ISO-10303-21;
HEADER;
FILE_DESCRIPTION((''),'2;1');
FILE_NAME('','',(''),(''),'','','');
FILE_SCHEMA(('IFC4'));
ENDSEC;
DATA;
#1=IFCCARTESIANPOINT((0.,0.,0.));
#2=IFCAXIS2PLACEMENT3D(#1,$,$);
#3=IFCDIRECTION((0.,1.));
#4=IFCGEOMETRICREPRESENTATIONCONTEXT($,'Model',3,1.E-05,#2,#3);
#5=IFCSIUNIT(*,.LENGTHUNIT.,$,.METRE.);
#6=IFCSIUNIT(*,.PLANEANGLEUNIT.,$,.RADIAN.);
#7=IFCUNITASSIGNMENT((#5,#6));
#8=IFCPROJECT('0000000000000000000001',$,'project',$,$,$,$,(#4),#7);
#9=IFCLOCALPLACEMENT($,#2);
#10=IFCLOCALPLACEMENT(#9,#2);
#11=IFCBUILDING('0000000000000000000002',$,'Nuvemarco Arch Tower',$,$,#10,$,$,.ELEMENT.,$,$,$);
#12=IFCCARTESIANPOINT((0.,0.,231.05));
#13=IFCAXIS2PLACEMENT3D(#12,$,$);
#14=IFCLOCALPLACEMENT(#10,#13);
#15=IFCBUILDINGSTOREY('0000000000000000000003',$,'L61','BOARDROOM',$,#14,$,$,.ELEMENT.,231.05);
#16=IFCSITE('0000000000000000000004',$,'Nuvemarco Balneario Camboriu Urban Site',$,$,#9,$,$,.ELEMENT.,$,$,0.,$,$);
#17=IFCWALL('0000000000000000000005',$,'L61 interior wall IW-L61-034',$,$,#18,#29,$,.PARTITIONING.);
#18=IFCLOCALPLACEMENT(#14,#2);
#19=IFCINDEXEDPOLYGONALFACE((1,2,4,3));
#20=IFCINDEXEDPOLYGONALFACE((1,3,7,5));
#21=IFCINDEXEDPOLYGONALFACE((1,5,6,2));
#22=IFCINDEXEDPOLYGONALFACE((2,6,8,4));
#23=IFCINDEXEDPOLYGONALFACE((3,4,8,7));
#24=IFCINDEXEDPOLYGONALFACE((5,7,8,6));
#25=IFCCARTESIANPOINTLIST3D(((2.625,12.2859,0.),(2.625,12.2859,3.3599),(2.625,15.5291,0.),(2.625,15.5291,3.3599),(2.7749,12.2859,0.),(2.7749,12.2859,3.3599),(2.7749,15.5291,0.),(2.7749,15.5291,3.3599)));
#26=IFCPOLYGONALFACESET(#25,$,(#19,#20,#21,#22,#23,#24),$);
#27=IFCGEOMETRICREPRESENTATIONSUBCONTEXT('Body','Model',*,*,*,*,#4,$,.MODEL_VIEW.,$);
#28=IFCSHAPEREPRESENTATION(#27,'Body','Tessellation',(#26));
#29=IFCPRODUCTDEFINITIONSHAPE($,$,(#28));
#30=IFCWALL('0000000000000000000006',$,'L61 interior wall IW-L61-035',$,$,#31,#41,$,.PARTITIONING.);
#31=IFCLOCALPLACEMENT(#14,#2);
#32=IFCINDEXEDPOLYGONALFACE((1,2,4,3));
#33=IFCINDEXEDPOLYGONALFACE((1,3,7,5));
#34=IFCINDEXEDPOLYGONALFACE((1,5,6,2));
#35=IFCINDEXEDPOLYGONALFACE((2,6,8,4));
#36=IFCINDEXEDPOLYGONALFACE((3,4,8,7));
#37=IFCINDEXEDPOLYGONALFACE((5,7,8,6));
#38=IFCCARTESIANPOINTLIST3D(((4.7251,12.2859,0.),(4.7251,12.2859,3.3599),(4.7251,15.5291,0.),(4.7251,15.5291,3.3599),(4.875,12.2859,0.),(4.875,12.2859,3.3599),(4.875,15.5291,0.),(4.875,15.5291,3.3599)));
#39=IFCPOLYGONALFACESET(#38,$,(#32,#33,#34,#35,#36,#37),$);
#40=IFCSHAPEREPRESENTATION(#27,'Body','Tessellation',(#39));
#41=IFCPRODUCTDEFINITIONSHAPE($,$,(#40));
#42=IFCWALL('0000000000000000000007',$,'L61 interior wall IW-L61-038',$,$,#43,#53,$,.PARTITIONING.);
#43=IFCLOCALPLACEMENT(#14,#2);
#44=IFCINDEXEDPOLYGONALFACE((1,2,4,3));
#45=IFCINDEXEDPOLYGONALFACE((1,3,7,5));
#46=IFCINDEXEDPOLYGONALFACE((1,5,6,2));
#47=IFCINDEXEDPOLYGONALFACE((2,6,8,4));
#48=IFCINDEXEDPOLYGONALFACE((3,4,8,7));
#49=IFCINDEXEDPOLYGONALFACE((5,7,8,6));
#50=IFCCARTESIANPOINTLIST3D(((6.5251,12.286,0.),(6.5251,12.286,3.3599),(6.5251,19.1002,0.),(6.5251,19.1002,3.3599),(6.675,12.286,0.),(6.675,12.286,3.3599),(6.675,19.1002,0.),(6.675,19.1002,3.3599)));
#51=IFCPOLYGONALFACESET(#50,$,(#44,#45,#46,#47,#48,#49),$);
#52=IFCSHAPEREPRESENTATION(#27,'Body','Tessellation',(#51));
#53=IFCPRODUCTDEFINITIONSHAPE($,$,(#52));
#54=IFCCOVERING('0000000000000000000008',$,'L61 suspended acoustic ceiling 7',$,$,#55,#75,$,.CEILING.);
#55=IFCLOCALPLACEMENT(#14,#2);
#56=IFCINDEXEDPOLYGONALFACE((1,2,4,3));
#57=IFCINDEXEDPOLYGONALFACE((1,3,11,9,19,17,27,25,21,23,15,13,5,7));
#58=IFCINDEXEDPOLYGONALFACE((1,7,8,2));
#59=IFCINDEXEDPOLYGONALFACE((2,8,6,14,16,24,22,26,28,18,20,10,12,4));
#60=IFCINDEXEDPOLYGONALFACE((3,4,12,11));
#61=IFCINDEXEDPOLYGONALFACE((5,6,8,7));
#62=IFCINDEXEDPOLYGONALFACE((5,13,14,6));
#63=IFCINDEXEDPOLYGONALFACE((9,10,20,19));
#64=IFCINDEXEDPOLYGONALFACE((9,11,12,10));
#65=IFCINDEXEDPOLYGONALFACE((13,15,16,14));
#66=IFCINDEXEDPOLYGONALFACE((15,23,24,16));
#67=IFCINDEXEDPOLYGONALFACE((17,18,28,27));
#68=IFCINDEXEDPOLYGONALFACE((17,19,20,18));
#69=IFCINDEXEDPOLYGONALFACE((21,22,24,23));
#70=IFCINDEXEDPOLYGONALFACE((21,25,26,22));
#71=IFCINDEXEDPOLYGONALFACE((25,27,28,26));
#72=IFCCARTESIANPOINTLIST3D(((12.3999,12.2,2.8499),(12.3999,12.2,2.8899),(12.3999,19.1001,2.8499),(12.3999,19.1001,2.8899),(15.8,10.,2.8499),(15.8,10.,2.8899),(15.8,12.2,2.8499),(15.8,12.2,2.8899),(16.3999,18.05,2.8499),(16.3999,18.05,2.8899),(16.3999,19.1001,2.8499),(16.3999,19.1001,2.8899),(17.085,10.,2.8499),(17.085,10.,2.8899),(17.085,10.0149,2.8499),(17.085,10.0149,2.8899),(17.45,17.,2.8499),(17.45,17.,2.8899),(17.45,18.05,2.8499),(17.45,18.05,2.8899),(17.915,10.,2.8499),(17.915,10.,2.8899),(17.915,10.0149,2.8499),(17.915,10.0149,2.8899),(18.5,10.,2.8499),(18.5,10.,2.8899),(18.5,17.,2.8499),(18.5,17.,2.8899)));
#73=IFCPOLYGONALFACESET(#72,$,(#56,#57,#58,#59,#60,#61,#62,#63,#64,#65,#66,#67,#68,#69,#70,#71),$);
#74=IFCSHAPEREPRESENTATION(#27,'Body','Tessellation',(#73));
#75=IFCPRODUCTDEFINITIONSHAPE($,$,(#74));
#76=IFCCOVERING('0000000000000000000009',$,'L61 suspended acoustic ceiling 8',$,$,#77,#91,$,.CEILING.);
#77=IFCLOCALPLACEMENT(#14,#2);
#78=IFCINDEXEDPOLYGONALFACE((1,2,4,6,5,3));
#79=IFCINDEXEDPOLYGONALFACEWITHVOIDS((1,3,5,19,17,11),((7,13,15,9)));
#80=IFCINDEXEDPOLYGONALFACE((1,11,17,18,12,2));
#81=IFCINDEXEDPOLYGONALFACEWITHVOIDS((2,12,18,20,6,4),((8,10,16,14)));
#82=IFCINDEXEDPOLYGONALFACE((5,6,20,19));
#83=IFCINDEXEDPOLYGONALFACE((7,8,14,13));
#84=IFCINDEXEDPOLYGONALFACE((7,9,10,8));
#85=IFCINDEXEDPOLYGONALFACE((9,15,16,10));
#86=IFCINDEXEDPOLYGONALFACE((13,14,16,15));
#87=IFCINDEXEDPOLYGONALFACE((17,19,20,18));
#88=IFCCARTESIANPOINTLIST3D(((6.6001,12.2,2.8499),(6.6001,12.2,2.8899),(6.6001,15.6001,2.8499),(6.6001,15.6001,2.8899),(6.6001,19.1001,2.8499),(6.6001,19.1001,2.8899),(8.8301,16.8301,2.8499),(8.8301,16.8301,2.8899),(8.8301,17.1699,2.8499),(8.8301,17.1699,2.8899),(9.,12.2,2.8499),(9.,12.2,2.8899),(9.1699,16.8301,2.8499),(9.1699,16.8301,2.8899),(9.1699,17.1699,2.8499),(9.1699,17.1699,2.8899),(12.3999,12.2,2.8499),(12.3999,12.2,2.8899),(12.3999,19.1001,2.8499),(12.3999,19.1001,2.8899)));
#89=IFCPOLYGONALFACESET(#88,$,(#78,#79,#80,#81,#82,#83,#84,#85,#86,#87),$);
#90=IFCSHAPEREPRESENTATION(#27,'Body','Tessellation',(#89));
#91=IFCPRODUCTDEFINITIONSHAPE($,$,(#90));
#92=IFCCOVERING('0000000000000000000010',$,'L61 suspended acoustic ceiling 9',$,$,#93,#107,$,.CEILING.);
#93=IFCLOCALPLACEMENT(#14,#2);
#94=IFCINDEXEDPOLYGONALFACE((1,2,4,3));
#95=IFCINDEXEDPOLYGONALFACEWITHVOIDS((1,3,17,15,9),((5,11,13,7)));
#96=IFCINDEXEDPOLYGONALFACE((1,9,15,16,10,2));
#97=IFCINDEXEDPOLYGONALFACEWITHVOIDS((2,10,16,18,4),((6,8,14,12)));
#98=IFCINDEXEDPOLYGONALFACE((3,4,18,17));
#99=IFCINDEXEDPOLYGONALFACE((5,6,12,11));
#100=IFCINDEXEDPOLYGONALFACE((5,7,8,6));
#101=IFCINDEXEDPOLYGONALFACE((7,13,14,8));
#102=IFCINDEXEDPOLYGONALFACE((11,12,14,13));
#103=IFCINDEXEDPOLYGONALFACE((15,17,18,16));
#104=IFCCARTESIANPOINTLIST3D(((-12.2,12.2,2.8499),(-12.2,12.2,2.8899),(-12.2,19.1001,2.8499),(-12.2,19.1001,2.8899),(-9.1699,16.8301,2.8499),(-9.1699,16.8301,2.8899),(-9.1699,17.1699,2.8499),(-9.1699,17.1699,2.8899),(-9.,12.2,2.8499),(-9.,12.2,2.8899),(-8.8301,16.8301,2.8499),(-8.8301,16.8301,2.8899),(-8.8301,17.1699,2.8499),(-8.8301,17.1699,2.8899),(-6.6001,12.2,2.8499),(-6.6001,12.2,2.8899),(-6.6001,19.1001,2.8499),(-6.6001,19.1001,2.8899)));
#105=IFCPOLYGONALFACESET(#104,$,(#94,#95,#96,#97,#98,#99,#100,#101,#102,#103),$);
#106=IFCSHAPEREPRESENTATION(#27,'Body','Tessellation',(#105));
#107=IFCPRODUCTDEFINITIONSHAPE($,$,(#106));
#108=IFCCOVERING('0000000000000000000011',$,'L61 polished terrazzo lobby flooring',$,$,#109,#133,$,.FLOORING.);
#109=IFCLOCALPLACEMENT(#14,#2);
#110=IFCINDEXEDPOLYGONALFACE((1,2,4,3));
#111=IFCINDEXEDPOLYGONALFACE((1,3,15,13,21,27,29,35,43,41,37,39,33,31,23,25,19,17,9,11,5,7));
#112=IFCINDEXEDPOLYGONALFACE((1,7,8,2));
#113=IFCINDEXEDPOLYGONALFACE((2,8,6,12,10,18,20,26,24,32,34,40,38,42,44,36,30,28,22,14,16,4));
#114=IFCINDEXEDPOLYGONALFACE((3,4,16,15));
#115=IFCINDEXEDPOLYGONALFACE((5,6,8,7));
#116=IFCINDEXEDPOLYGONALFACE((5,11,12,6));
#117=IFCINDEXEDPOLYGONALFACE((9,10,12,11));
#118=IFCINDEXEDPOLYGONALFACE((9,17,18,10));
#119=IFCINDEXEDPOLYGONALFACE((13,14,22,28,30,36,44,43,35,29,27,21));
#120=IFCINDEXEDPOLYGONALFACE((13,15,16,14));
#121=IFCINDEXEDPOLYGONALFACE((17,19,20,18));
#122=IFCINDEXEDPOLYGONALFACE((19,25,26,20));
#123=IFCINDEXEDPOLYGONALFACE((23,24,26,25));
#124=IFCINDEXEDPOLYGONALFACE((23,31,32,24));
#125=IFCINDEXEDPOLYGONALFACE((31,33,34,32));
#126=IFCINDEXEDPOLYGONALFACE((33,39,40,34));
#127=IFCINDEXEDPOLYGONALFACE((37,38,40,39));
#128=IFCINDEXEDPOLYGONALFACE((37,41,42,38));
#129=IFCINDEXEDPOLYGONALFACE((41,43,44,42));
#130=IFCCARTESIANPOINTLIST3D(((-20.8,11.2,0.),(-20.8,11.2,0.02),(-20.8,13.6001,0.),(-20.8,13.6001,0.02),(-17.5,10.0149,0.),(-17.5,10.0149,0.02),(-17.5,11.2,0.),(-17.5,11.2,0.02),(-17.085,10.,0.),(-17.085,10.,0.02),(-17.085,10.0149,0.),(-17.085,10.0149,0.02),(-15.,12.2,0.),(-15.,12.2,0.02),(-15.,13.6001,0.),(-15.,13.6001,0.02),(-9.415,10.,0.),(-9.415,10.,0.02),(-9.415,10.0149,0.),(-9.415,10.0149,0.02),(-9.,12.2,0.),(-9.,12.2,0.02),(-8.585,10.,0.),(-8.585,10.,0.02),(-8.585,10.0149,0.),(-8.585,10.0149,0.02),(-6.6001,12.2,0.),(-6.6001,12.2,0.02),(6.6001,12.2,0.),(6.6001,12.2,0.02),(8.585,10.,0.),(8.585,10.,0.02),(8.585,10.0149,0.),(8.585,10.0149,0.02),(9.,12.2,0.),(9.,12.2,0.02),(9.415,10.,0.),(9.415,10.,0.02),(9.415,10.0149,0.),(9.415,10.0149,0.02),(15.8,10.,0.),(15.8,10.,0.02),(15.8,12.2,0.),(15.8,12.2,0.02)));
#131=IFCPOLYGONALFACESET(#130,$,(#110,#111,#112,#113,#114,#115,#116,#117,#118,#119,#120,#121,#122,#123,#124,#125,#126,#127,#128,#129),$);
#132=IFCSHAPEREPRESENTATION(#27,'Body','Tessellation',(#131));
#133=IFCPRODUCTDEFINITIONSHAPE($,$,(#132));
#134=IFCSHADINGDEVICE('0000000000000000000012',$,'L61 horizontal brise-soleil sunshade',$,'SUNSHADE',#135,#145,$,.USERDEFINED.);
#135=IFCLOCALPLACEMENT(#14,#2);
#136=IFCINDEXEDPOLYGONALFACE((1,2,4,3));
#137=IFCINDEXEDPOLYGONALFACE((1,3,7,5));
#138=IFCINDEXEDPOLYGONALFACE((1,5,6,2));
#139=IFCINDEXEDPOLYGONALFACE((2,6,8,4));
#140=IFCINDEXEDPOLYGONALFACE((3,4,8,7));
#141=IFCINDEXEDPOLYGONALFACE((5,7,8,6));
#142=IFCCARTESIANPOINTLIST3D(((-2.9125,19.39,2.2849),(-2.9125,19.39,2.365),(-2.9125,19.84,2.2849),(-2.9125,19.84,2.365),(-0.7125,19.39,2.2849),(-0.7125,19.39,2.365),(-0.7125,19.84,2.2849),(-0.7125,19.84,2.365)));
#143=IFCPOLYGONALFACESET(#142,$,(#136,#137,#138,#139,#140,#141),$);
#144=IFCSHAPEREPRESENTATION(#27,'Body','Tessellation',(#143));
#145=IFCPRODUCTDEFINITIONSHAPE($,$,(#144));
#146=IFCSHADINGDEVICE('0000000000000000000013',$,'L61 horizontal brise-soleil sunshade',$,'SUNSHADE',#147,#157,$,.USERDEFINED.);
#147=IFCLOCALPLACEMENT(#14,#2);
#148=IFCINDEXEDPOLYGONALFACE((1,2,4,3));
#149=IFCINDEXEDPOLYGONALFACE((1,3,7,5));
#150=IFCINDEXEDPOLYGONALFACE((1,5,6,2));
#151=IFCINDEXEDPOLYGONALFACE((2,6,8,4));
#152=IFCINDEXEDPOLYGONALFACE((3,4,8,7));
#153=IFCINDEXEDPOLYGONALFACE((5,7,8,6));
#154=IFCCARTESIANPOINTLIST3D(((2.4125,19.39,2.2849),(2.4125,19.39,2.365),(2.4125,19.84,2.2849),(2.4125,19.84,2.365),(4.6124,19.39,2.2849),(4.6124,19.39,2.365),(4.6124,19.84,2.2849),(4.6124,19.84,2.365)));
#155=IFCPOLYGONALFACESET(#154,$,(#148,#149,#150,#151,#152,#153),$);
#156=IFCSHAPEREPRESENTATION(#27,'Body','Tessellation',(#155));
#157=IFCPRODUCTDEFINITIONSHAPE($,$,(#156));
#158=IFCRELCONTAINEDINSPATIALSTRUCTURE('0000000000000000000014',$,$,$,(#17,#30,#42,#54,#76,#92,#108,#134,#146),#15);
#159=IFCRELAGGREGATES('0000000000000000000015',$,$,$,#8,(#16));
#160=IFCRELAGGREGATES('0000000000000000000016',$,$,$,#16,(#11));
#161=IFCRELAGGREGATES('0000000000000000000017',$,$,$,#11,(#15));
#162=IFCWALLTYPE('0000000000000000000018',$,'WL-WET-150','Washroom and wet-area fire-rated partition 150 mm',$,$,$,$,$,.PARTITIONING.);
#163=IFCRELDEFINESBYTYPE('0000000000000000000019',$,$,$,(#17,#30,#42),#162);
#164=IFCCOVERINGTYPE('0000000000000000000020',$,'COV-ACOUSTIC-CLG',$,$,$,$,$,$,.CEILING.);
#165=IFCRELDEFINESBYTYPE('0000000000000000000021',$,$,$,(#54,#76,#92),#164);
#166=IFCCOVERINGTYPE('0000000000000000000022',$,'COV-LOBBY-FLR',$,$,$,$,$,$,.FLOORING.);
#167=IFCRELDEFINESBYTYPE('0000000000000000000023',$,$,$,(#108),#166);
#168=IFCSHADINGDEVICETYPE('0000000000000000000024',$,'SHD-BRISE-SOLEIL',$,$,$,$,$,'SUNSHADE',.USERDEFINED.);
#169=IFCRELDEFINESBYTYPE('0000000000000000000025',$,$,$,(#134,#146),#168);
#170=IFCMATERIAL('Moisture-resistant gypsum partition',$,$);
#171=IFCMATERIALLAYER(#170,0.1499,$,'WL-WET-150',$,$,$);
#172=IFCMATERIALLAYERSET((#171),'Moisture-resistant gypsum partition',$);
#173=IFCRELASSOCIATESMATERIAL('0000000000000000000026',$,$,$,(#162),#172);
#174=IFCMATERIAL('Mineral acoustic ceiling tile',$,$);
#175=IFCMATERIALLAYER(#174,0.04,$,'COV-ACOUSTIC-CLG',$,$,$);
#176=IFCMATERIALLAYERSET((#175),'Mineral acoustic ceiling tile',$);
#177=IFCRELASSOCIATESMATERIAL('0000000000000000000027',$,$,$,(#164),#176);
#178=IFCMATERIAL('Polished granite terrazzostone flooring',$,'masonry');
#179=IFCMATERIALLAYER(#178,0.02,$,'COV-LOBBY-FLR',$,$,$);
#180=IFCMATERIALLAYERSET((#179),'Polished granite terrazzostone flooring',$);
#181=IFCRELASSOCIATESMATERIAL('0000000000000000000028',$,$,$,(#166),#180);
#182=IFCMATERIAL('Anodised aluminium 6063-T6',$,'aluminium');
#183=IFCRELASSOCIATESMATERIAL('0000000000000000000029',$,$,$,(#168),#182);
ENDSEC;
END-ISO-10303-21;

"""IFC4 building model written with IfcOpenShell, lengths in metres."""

from ifc_helpers import new_model, si_unit, direction, frame, frame_2d, origin, origin_2d, place, context, subcontext, project, spatial, polyline, rectangle, outline, extrude, source, transform, mapped, material, layer, layer_set, type_object, type_shapes, element, save


model = new_model("IFC4")

# Units and contexts
model_context = context("Model", 3, precision=1e-05, world=origin(), true_north=direction((0.0, 1.0)))
body_context = subcontext(model_context, "Body", "Model", "MODEL_VIEW")
ifc_project = project(units=[si_unit("LENGTHUNIT", "METRE"), si_unit("PLANEANGLEUNIT", "RADIAN")], contexts=[model_context])

# Site, building, storey
site_placement = place(None, origin())
site = spatial("IfcSite", under=ifc_project, at=site_placement, Name="Nuvemarco Balneario Camboriu Urban Site", CompositionType="ELEMENT", RefElevation=0.0)
building_placement = place(site_placement, origin())
building = spatial("IfcBuilding", under=site, at=building_placement, Name="Nuvemarco Arch Tower", CompositionType="ELEMENT")
storey_placement = place(building_placement, frame((0.0, 0.0, 231.05)))
storey = spatial("IfcBuildingStorey", under=building, at=storey_placement, Name="L61", Description="BOARDROOM", CompositionType="ELEMENT", Elevation=231.05)

# Walls
ifc_material_1 = material(Name="Moisture-resistant gypsum partition")
ifc_layer_1 = layer(ifc_material_1, 0.1499, Name="WL-WET-150")
ifc_layer_set_1 = layer_set([ifc_layer_1], Name="Moisture-resistant gypsum partition")
wall_type_1 = type_object("IfcWallType", Name="WL-WET-150", Description="Washroom and wet-area fire-rated partition 150 mm", PredefinedType="PARTITIONING", material=ifc_layer_set_1)
for number, where, z_axis, x_axis, name in (
    (1, (2.7, 12.2859, 0.0), (0.0, 0.0, 1.0), (0.0, 1.0, 0.0), "L61 interior wall IW-L61-034"),
    (2, (4.8, 12.2859, 0.0), (0.0, 0.0, 1.0), (0.0, 1.0, 0.0), "L61 interior wall IW-L61-035"),
):
    element("IfcWall", number, at=place(storey_placement, frame(where, z_axis=z_axis, x_axis=x_axis)), inside=storey, type_object=wall_type_1, Name=name, PredefinedType="PARTITIONING", context=body_context, shape_type="SweptSolid", body=[
        extrude(rectangle(XDim=3.2432, YDim=0.1499, at=frame_2d((1.6216, 0.0))), origin(), (0.0, 0.0, 1.0), 3.3599),
    ])
wall_1_placement = place(storey_placement, frame((6.6001, 12.2859, 0.0), z_axis=(0.0, 0.0, 1.0), x_axis=(0.0, 1.0, 0.0)))
element("IfcWall", 3, at=wall_1_placement, inside=storey, type_object=wall_type_1, Name="L61 interior wall IW-L61-038", PredefinedType="PARTITIONING", context=body_context, shape_type="SweptSolid", body=[
    extrude(rectangle(XDim=6.8142, YDim=0.1499, at=frame_2d((3.4072, 0.0))), origin(), (0.0, 0.0, 1.0), 3.3599),
])

# Coverings
ifc_material_2 = material(Name="Mineral acoustic ceiling tile")
ifc_layer_2 = layer(ifc_material_2, 0.04, Name="COV-ACOUSTIC-CLG")
ifc_layer_set_2 = layer_set([ifc_layer_2], Name="Mineral acoustic ceiling tile")
covering_type_1 = type_object("IfcCoveringType", Name="COV-ACOUSTIC-CLG", PredefinedType="CEILING", material=ifc_layer_set_2)
covering_1_placement = place(storey_placement, frame((0.0, 0.0, 2.8499)))
element("IfcCovering", 4, at=covering_1_placement, inside=storey, type_object=covering_type_1, Name="L61 suspended acoustic ceiling 7", PredefinedType="CEILING", context=body_context, shape_type="SweptSolid", body=[
    extrude(outline(polyline([(18.5, 17.0), (18.5, 10.0), (17.915, 10.0), (17.915, 10.0149), (17.085, 10.0149), (17.085, 10.0), (15.8, 10.0), (15.8, 12.2), (12.3999, 12.2), (12.3999, 19.1001), (16.3999, 19.1001), (16.3999, 18.05), (17.45, 18.05), (17.45, 17.0), (18.5, 17.0)])), origin(), (0.0, 0.0, 1.0), 0.04),
])
covering_2_placement = place(storey_placement, frame((0.0, 0.0, 2.8499)))
element("IfcCovering", 5, at=covering_2_placement, inside=storey, type_object=covering_type_1, Name="L61 suspended acoustic ceiling 8", PredefinedType="CEILING", context=body_context, shape_type="SweptSolid", body=[
    extrude(outline(polyline([(12.3999, 19.1001), (12.3999, 12.2), (9.0, 12.2), (6.6001, 12.2), (6.6001, 15.6001), (6.6001, 19.1001), (12.3999, 19.1001)]), holes=[polyline([(9.1699, 17.1699), (8.8301, 17.1699), (8.8301, 16.8301), (9.1699, 16.8301), (9.1699, 17.1699)])]), origin(), (0.0, 0.0, 1.0), 0.04),
])
covering_3_placement = place(storey_placement, frame((0.0, 0.0, 2.8499)))
element("IfcCovering", 6, at=covering_3_placement, inside=storey, type_object=covering_type_1, Name="L61 suspended acoustic ceiling 9", PredefinedType="CEILING", context=body_context, shape_type="SweptSolid", body=[
    extrude(outline(polyline([(-6.6001, 12.2), (-9.0, 12.2), (-12.2, 12.2), (-12.2, 19.1001), (-6.6001, 19.1001), (-6.6001, 12.2)]), holes=[polyline([(-8.8301, 17.1699), (-9.1699, 17.1699), (-9.1699, 16.8301), (-8.8301, 16.8301), (-8.8301, 17.1699)])]), origin(), (0.0, 0.0, 1.0), 0.04),
])
ifc_material_3 = material(Name="Polished granite terrazzostone flooring", Category="masonry")
ifc_layer_3 = layer(ifc_material_3, 0.02, Name="COV-LOBBY-FLR")
ifc_layer_set_3 = layer_set([ifc_layer_3], Name="Polished granite terrazzostone flooring")
covering_type_2 = type_object("IfcCoveringType", Name="COV-LOBBY-FLR", PredefinedType="FLOORING", material=ifc_layer_set_3)
covering_4_placement = place(storey_placement, origin())
element("IfcCovering", 7, at=covering_4_placement, inside=storey, type_object=covering_type_2, Name="L61 polished terrazzo lobby flooring", PredefinedType="FLOORING", context=body_context, shape_type="SweptSolid", body=[
    extrude(outline(polyline([(-8.585, 10.0149), (-9.415, 10.0149), (-9.415, 10.0), (-17.085, 10.0), (-17.085, 10.0149), (-17.5, 10.0149), (-17.5, 11.2), (-20.8, 11.2), (-20.8, 13.6001), (-15.0, 13.6001), (-15.0, 12.2), (-9.0, 12.2), (-6.6001, 12.2), (6.6001, 12.2), (9.0, 12.2), (15.8, 12.2), (15.8, 10.0), (9.415, 10.0), (9.415, 10.0149), (8.585, 10.0149), (8.585, 10.0), (-8.585, 10.0), (-8.585, 10.0149)])), origin(), (0.0, 0.0, 1.0), 0.02),
])

# Shading devices
ifc_material_4 = material(Name="Anodised aluminium 6063-T6", Category="aluminium")
shading_device_type = type_object("IfcShadingDeviceType", Name="SHD-BRISE-SOLEIL", ElementType="SUNSHADE", PredefinedType="USERDEFINED", material=ifc_material_4)
shared_shape_1 = source(origin(), body_context, "Body", "SweptSolid", [
    extrude(rectangle(XDim=2.2, YDim=0.45, at=origin_2d()), origin(), (0.0, 0.0, 1.0), 0.0801),
])
type_shapes(shading_device_type, [shared_shape_1])
for number, where, z_axis, x_axis, name in (
    (8, (-1.8125, 19.615, 2.2849), (0.0, 0.0, 1.0), (1.0, 0.0, 0.0), "L61 horizontal brise-soleil sunshade"),
    (9, (3.5125, 19.615, 2.2849), (0.0, 0.0, 1.0), (1.0, 0.0, 0.0), "L61 horizontal brise-soleil sunshade"),
):
    element("IfcShadingDevice", number, at=place(storey_placement, frame(where, z_axis=z_axis, x_axis=x_axis)), inside=storey, type_object=shading_device_type, Name=name, ObjectType="SUNSHADE", PredefinedType="USERDEFINED", context=body_context, shape_type="MappedRepresentation", body=[
        mapped(shared_shape_1, transform((0.0, 0.0, 0.0), scale=1.0)),
    ])

save(model, "model.ifc")
